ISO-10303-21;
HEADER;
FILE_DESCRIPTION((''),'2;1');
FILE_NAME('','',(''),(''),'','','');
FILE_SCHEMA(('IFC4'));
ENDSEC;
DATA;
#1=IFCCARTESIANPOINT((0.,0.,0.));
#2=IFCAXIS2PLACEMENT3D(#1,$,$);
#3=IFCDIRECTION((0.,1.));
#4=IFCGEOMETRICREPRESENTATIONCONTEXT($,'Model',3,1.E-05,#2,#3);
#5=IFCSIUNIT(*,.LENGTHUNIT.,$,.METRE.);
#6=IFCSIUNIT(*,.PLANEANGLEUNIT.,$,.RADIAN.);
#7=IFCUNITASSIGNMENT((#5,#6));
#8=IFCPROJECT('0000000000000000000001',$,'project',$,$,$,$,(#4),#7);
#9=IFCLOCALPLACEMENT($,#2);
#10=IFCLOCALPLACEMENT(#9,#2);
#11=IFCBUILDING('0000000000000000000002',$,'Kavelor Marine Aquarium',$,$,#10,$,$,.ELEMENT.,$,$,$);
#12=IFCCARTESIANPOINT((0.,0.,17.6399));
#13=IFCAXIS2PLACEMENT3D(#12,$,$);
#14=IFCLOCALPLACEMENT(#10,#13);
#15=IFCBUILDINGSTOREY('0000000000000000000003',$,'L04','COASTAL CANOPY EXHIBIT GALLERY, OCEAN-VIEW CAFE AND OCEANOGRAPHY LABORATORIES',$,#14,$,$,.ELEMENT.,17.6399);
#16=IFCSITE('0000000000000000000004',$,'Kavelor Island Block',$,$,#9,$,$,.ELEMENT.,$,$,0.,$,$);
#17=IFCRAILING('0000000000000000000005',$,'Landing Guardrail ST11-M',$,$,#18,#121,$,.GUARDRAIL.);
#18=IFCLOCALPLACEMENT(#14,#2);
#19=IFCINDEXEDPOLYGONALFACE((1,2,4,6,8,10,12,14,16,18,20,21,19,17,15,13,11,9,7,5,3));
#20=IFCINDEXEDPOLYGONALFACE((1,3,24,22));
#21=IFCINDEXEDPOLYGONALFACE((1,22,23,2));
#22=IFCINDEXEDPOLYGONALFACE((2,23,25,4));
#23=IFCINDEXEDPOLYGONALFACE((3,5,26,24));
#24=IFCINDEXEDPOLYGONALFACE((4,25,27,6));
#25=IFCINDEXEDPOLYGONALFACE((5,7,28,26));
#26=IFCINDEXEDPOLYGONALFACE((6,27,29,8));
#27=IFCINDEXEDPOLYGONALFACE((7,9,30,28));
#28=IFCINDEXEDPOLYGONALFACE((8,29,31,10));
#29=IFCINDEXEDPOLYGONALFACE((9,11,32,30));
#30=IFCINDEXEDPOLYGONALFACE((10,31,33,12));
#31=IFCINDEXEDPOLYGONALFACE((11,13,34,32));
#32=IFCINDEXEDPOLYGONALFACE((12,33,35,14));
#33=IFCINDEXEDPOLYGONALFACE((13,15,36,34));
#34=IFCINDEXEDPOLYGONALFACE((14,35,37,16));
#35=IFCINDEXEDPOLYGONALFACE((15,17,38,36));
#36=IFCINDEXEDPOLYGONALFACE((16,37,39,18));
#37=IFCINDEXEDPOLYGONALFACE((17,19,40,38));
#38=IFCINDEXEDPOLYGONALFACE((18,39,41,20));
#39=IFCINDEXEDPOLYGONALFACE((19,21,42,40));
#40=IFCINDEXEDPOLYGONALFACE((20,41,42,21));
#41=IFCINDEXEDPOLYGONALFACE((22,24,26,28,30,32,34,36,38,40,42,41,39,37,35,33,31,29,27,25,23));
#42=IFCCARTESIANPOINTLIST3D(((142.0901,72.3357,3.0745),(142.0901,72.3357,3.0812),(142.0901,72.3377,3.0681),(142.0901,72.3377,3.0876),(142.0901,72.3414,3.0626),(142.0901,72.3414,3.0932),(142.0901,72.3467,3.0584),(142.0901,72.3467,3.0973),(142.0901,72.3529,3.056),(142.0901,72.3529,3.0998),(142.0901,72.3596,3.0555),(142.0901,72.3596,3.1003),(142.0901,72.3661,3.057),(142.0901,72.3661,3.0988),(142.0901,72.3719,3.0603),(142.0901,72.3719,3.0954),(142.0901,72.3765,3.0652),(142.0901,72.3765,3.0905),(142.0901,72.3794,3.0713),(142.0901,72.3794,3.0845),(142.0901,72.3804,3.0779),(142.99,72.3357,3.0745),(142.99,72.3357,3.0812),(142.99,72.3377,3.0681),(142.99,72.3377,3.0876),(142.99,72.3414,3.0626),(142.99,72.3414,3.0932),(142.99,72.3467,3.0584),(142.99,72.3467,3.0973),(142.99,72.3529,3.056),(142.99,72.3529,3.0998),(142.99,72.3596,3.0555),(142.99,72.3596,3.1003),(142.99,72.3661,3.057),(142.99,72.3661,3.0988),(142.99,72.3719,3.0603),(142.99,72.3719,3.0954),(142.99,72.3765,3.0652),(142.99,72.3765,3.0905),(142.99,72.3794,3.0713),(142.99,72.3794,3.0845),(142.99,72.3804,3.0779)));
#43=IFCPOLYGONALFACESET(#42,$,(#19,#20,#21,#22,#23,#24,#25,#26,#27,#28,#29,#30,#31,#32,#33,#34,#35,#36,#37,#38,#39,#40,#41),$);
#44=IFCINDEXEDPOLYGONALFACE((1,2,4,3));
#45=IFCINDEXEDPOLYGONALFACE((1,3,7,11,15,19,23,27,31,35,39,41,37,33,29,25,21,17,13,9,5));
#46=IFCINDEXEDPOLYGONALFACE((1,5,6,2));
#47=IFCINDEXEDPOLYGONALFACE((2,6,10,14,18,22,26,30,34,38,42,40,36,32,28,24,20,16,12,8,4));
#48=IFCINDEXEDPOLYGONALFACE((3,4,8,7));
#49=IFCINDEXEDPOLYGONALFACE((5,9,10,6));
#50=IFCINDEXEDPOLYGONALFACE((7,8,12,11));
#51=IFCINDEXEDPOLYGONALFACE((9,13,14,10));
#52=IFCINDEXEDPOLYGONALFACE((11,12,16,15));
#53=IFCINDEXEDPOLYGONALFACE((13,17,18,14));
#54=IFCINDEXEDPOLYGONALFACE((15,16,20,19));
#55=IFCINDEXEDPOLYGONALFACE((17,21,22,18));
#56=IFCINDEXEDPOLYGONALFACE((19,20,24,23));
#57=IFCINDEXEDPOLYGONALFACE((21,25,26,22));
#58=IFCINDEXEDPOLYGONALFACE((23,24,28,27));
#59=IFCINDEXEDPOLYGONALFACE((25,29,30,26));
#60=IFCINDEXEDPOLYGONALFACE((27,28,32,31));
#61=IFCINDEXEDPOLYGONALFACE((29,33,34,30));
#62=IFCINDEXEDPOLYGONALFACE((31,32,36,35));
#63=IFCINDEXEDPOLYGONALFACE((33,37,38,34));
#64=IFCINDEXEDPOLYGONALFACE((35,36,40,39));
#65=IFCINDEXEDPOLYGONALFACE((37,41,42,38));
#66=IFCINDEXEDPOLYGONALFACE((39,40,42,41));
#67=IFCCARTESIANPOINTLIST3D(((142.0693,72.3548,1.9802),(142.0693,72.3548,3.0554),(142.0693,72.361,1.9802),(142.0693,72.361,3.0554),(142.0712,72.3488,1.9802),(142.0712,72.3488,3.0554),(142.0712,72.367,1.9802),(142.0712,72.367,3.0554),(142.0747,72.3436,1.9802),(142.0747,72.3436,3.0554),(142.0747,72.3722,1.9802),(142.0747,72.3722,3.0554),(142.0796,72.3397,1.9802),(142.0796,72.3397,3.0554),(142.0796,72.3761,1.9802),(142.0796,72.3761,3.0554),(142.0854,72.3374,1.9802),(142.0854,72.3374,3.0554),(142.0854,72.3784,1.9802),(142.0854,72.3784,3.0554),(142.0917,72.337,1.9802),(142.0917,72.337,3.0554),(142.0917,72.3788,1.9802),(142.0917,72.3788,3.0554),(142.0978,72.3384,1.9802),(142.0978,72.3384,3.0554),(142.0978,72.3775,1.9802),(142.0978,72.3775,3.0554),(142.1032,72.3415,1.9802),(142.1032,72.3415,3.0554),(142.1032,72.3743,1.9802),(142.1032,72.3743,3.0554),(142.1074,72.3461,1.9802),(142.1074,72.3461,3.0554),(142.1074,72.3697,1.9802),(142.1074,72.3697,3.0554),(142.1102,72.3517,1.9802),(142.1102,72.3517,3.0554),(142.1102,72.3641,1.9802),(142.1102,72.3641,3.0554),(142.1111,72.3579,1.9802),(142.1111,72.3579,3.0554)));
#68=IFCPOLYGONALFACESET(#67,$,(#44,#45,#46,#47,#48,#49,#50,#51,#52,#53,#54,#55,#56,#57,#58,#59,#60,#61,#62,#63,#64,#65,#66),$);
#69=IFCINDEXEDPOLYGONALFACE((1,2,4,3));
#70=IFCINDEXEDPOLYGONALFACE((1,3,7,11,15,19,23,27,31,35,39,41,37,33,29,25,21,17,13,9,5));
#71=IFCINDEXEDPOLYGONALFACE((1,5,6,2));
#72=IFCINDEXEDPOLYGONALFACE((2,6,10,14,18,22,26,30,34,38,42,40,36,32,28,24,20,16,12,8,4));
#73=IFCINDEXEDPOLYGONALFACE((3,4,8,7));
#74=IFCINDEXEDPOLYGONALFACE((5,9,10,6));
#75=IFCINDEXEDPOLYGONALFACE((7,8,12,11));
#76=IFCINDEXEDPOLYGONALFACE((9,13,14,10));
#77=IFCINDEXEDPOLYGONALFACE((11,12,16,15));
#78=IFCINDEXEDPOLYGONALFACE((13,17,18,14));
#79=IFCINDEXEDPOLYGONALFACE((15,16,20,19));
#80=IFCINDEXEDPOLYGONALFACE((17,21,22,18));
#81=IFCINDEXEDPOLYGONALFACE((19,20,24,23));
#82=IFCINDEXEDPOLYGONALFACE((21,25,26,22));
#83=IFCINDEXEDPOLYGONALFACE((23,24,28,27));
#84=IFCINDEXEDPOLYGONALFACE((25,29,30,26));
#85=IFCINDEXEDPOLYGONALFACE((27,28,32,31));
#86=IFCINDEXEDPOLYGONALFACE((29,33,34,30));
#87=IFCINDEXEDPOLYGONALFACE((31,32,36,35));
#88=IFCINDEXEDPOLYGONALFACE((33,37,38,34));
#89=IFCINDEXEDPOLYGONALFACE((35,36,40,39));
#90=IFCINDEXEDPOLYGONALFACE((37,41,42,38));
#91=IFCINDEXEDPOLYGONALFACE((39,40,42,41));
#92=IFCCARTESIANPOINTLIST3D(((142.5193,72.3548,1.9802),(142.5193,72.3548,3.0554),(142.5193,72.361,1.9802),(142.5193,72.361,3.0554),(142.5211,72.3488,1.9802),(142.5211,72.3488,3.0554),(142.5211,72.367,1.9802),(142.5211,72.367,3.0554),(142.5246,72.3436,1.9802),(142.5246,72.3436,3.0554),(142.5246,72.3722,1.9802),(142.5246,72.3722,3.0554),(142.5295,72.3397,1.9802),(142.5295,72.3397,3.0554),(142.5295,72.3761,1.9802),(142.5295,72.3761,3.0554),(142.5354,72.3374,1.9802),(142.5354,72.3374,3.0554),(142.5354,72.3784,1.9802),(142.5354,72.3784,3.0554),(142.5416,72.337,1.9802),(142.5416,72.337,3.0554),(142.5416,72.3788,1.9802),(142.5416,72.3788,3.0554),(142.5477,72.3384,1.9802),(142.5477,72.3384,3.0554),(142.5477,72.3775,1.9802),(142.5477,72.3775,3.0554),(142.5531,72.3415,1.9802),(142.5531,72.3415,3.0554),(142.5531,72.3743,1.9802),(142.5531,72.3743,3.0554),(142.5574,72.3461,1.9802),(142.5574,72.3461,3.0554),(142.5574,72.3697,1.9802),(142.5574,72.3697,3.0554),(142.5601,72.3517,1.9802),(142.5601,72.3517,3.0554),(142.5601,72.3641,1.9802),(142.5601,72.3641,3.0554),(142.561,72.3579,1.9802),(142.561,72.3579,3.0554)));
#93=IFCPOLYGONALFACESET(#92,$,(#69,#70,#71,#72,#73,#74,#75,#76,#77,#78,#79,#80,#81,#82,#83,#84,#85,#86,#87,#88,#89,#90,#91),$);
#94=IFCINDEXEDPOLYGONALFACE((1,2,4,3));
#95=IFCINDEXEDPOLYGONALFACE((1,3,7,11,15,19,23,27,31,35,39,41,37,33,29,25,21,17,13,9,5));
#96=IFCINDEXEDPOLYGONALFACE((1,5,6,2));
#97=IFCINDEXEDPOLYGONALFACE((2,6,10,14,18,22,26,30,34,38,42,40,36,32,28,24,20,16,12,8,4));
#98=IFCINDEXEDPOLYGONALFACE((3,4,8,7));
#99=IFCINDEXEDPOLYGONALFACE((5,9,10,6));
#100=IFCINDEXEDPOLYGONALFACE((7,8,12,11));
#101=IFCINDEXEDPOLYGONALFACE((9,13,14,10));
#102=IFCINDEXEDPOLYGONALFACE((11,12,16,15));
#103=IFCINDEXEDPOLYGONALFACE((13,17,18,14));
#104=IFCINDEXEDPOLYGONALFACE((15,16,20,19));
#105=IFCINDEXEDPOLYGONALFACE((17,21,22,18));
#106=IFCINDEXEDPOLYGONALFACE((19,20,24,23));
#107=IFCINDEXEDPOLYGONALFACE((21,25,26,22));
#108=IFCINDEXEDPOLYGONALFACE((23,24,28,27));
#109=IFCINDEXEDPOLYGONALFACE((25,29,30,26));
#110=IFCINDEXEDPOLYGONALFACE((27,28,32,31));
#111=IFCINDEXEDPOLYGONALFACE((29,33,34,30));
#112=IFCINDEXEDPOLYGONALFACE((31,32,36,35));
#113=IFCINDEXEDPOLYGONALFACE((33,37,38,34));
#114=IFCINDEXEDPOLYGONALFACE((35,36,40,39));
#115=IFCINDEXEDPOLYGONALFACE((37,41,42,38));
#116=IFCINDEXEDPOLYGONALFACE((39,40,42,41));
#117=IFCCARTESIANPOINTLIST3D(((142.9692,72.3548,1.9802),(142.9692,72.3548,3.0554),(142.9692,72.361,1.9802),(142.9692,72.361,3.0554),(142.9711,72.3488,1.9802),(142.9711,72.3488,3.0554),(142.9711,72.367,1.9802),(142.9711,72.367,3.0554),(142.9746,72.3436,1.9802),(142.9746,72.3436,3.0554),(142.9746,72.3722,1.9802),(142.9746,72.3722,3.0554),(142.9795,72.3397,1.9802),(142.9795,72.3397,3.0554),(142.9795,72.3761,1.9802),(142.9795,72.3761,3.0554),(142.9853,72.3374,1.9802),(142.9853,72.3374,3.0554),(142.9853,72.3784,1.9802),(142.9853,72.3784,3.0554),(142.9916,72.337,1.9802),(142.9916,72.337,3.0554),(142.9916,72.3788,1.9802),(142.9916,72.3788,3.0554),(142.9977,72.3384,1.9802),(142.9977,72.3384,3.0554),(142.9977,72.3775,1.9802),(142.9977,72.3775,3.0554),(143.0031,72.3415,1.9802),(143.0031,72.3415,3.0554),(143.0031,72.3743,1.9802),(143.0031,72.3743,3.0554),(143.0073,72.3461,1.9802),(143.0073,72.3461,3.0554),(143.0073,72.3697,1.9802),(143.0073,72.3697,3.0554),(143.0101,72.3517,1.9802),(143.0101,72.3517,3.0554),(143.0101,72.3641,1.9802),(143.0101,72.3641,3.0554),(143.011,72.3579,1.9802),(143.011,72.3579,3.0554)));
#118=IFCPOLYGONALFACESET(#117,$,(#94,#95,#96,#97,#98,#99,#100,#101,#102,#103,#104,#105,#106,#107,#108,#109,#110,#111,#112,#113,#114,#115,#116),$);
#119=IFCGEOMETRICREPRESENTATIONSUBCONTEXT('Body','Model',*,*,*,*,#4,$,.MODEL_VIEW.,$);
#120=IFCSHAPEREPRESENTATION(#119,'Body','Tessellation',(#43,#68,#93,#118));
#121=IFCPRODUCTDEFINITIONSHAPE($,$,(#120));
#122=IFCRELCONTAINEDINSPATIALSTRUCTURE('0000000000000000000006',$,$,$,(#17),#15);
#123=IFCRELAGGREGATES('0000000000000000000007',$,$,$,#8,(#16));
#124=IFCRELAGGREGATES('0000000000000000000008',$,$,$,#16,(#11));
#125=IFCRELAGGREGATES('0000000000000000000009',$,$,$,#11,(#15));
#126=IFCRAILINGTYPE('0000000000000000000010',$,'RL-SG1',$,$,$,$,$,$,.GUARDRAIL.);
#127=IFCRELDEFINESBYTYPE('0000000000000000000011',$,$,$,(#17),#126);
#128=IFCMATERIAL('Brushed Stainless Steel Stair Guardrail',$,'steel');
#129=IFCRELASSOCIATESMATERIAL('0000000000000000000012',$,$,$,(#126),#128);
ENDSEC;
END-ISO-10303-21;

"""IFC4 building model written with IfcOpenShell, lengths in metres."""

from ifc_helpers import new_model, si_unit, direction, frame, origin, origin_2d, place, context, subcontext, project, spatial, circle, extrude, material, type_object, element, save


model = new_model("IFC4")

# Units and contexts
model_context = context("Model", 3, precision=1e-05, world=origin(), true_north=direction((0.0, 1.0)))
body_context = subcontext(model_context, "Body", "Model", "MODEL_VIEW")
ifc_project = project(units=[si_unit("LENGTHUNIT", "METRE"), si_unit("PLANEANGLEUNIT", "RADIAN")], contexts=[model_context])

# Site, building, storey
site_placement = place(None, origin())
site = spatial("IfcSite", under=ifc_project, at=site_placement, Name="Kavelor Island Block", CompositionType="ELEMENT", RefElevation=0.0)
building_placement = place(site_placement, origin())
building = spatial("IfcBuilding", under=site, at=building_placement, Name="Kavelor Marine Aquarium", CompositionType="ELEMENT")
storey_placement = place(building_placement, frame((0.0, 0.0, 17.6399)))
storey = spatial("IfcBuildingStorey", under=building, at=storey_placement, Name="L04", Description="COASTAL CANOPY EXHIBIT GALLERY, OCEAN-VIEW CAFE AND OCEANOGRAPHY LABORATORIES", CompositionType="ELEMENT", Elevation=17.6399)

# Railing
ifc_material_1 = material(Name="Brushed Stainless Steel Stair Guardrail", Category="steel")
railing_type_1 = type_object("IfcRailingType", Name="RL-SG1", PredefinedType="GUARDRAIL", material=ifc_material_1)
railing_1_placement = place(storey_placement, frame((142.0901, 72.3579, 1.9802)))
element("IfcRailing", 1, at=railing_1_placement, inside=storey, type_object=railing_type_1, Name="Landing Guardrail ST11-M", PredefinedType="GUARDRAIL", context=body_context, shape_type="SweptSolid", body=[
    extrude(circle(Radius=0.0225, at=origin_2d()), frame((0.0, 0.0, 1.0977), z_axis=(1.0, 0.0, 0.0), x_axis=(0.0, 1.0, 0.0)), (0.0, 0.0, 1.0), 0.8999),
    extrude(circle(Radius=0.021, at=origin_2d()), origin(), (0.0, 0.0, 1.0), 1.0752),
    extrude(circle(Radius=0.021, at=origin_2d()), frame((0.45, 0.0, 0.0)), (0.0, 0.0, 1.0), 1.0752),
    extrude(circle(Radius=0.021, at=origin_2d()), frame((0.8999, 0.0, 0.0)), (0.0, 0.0, 1.0), 1.0752),
])

save(model, "model.ifc")
